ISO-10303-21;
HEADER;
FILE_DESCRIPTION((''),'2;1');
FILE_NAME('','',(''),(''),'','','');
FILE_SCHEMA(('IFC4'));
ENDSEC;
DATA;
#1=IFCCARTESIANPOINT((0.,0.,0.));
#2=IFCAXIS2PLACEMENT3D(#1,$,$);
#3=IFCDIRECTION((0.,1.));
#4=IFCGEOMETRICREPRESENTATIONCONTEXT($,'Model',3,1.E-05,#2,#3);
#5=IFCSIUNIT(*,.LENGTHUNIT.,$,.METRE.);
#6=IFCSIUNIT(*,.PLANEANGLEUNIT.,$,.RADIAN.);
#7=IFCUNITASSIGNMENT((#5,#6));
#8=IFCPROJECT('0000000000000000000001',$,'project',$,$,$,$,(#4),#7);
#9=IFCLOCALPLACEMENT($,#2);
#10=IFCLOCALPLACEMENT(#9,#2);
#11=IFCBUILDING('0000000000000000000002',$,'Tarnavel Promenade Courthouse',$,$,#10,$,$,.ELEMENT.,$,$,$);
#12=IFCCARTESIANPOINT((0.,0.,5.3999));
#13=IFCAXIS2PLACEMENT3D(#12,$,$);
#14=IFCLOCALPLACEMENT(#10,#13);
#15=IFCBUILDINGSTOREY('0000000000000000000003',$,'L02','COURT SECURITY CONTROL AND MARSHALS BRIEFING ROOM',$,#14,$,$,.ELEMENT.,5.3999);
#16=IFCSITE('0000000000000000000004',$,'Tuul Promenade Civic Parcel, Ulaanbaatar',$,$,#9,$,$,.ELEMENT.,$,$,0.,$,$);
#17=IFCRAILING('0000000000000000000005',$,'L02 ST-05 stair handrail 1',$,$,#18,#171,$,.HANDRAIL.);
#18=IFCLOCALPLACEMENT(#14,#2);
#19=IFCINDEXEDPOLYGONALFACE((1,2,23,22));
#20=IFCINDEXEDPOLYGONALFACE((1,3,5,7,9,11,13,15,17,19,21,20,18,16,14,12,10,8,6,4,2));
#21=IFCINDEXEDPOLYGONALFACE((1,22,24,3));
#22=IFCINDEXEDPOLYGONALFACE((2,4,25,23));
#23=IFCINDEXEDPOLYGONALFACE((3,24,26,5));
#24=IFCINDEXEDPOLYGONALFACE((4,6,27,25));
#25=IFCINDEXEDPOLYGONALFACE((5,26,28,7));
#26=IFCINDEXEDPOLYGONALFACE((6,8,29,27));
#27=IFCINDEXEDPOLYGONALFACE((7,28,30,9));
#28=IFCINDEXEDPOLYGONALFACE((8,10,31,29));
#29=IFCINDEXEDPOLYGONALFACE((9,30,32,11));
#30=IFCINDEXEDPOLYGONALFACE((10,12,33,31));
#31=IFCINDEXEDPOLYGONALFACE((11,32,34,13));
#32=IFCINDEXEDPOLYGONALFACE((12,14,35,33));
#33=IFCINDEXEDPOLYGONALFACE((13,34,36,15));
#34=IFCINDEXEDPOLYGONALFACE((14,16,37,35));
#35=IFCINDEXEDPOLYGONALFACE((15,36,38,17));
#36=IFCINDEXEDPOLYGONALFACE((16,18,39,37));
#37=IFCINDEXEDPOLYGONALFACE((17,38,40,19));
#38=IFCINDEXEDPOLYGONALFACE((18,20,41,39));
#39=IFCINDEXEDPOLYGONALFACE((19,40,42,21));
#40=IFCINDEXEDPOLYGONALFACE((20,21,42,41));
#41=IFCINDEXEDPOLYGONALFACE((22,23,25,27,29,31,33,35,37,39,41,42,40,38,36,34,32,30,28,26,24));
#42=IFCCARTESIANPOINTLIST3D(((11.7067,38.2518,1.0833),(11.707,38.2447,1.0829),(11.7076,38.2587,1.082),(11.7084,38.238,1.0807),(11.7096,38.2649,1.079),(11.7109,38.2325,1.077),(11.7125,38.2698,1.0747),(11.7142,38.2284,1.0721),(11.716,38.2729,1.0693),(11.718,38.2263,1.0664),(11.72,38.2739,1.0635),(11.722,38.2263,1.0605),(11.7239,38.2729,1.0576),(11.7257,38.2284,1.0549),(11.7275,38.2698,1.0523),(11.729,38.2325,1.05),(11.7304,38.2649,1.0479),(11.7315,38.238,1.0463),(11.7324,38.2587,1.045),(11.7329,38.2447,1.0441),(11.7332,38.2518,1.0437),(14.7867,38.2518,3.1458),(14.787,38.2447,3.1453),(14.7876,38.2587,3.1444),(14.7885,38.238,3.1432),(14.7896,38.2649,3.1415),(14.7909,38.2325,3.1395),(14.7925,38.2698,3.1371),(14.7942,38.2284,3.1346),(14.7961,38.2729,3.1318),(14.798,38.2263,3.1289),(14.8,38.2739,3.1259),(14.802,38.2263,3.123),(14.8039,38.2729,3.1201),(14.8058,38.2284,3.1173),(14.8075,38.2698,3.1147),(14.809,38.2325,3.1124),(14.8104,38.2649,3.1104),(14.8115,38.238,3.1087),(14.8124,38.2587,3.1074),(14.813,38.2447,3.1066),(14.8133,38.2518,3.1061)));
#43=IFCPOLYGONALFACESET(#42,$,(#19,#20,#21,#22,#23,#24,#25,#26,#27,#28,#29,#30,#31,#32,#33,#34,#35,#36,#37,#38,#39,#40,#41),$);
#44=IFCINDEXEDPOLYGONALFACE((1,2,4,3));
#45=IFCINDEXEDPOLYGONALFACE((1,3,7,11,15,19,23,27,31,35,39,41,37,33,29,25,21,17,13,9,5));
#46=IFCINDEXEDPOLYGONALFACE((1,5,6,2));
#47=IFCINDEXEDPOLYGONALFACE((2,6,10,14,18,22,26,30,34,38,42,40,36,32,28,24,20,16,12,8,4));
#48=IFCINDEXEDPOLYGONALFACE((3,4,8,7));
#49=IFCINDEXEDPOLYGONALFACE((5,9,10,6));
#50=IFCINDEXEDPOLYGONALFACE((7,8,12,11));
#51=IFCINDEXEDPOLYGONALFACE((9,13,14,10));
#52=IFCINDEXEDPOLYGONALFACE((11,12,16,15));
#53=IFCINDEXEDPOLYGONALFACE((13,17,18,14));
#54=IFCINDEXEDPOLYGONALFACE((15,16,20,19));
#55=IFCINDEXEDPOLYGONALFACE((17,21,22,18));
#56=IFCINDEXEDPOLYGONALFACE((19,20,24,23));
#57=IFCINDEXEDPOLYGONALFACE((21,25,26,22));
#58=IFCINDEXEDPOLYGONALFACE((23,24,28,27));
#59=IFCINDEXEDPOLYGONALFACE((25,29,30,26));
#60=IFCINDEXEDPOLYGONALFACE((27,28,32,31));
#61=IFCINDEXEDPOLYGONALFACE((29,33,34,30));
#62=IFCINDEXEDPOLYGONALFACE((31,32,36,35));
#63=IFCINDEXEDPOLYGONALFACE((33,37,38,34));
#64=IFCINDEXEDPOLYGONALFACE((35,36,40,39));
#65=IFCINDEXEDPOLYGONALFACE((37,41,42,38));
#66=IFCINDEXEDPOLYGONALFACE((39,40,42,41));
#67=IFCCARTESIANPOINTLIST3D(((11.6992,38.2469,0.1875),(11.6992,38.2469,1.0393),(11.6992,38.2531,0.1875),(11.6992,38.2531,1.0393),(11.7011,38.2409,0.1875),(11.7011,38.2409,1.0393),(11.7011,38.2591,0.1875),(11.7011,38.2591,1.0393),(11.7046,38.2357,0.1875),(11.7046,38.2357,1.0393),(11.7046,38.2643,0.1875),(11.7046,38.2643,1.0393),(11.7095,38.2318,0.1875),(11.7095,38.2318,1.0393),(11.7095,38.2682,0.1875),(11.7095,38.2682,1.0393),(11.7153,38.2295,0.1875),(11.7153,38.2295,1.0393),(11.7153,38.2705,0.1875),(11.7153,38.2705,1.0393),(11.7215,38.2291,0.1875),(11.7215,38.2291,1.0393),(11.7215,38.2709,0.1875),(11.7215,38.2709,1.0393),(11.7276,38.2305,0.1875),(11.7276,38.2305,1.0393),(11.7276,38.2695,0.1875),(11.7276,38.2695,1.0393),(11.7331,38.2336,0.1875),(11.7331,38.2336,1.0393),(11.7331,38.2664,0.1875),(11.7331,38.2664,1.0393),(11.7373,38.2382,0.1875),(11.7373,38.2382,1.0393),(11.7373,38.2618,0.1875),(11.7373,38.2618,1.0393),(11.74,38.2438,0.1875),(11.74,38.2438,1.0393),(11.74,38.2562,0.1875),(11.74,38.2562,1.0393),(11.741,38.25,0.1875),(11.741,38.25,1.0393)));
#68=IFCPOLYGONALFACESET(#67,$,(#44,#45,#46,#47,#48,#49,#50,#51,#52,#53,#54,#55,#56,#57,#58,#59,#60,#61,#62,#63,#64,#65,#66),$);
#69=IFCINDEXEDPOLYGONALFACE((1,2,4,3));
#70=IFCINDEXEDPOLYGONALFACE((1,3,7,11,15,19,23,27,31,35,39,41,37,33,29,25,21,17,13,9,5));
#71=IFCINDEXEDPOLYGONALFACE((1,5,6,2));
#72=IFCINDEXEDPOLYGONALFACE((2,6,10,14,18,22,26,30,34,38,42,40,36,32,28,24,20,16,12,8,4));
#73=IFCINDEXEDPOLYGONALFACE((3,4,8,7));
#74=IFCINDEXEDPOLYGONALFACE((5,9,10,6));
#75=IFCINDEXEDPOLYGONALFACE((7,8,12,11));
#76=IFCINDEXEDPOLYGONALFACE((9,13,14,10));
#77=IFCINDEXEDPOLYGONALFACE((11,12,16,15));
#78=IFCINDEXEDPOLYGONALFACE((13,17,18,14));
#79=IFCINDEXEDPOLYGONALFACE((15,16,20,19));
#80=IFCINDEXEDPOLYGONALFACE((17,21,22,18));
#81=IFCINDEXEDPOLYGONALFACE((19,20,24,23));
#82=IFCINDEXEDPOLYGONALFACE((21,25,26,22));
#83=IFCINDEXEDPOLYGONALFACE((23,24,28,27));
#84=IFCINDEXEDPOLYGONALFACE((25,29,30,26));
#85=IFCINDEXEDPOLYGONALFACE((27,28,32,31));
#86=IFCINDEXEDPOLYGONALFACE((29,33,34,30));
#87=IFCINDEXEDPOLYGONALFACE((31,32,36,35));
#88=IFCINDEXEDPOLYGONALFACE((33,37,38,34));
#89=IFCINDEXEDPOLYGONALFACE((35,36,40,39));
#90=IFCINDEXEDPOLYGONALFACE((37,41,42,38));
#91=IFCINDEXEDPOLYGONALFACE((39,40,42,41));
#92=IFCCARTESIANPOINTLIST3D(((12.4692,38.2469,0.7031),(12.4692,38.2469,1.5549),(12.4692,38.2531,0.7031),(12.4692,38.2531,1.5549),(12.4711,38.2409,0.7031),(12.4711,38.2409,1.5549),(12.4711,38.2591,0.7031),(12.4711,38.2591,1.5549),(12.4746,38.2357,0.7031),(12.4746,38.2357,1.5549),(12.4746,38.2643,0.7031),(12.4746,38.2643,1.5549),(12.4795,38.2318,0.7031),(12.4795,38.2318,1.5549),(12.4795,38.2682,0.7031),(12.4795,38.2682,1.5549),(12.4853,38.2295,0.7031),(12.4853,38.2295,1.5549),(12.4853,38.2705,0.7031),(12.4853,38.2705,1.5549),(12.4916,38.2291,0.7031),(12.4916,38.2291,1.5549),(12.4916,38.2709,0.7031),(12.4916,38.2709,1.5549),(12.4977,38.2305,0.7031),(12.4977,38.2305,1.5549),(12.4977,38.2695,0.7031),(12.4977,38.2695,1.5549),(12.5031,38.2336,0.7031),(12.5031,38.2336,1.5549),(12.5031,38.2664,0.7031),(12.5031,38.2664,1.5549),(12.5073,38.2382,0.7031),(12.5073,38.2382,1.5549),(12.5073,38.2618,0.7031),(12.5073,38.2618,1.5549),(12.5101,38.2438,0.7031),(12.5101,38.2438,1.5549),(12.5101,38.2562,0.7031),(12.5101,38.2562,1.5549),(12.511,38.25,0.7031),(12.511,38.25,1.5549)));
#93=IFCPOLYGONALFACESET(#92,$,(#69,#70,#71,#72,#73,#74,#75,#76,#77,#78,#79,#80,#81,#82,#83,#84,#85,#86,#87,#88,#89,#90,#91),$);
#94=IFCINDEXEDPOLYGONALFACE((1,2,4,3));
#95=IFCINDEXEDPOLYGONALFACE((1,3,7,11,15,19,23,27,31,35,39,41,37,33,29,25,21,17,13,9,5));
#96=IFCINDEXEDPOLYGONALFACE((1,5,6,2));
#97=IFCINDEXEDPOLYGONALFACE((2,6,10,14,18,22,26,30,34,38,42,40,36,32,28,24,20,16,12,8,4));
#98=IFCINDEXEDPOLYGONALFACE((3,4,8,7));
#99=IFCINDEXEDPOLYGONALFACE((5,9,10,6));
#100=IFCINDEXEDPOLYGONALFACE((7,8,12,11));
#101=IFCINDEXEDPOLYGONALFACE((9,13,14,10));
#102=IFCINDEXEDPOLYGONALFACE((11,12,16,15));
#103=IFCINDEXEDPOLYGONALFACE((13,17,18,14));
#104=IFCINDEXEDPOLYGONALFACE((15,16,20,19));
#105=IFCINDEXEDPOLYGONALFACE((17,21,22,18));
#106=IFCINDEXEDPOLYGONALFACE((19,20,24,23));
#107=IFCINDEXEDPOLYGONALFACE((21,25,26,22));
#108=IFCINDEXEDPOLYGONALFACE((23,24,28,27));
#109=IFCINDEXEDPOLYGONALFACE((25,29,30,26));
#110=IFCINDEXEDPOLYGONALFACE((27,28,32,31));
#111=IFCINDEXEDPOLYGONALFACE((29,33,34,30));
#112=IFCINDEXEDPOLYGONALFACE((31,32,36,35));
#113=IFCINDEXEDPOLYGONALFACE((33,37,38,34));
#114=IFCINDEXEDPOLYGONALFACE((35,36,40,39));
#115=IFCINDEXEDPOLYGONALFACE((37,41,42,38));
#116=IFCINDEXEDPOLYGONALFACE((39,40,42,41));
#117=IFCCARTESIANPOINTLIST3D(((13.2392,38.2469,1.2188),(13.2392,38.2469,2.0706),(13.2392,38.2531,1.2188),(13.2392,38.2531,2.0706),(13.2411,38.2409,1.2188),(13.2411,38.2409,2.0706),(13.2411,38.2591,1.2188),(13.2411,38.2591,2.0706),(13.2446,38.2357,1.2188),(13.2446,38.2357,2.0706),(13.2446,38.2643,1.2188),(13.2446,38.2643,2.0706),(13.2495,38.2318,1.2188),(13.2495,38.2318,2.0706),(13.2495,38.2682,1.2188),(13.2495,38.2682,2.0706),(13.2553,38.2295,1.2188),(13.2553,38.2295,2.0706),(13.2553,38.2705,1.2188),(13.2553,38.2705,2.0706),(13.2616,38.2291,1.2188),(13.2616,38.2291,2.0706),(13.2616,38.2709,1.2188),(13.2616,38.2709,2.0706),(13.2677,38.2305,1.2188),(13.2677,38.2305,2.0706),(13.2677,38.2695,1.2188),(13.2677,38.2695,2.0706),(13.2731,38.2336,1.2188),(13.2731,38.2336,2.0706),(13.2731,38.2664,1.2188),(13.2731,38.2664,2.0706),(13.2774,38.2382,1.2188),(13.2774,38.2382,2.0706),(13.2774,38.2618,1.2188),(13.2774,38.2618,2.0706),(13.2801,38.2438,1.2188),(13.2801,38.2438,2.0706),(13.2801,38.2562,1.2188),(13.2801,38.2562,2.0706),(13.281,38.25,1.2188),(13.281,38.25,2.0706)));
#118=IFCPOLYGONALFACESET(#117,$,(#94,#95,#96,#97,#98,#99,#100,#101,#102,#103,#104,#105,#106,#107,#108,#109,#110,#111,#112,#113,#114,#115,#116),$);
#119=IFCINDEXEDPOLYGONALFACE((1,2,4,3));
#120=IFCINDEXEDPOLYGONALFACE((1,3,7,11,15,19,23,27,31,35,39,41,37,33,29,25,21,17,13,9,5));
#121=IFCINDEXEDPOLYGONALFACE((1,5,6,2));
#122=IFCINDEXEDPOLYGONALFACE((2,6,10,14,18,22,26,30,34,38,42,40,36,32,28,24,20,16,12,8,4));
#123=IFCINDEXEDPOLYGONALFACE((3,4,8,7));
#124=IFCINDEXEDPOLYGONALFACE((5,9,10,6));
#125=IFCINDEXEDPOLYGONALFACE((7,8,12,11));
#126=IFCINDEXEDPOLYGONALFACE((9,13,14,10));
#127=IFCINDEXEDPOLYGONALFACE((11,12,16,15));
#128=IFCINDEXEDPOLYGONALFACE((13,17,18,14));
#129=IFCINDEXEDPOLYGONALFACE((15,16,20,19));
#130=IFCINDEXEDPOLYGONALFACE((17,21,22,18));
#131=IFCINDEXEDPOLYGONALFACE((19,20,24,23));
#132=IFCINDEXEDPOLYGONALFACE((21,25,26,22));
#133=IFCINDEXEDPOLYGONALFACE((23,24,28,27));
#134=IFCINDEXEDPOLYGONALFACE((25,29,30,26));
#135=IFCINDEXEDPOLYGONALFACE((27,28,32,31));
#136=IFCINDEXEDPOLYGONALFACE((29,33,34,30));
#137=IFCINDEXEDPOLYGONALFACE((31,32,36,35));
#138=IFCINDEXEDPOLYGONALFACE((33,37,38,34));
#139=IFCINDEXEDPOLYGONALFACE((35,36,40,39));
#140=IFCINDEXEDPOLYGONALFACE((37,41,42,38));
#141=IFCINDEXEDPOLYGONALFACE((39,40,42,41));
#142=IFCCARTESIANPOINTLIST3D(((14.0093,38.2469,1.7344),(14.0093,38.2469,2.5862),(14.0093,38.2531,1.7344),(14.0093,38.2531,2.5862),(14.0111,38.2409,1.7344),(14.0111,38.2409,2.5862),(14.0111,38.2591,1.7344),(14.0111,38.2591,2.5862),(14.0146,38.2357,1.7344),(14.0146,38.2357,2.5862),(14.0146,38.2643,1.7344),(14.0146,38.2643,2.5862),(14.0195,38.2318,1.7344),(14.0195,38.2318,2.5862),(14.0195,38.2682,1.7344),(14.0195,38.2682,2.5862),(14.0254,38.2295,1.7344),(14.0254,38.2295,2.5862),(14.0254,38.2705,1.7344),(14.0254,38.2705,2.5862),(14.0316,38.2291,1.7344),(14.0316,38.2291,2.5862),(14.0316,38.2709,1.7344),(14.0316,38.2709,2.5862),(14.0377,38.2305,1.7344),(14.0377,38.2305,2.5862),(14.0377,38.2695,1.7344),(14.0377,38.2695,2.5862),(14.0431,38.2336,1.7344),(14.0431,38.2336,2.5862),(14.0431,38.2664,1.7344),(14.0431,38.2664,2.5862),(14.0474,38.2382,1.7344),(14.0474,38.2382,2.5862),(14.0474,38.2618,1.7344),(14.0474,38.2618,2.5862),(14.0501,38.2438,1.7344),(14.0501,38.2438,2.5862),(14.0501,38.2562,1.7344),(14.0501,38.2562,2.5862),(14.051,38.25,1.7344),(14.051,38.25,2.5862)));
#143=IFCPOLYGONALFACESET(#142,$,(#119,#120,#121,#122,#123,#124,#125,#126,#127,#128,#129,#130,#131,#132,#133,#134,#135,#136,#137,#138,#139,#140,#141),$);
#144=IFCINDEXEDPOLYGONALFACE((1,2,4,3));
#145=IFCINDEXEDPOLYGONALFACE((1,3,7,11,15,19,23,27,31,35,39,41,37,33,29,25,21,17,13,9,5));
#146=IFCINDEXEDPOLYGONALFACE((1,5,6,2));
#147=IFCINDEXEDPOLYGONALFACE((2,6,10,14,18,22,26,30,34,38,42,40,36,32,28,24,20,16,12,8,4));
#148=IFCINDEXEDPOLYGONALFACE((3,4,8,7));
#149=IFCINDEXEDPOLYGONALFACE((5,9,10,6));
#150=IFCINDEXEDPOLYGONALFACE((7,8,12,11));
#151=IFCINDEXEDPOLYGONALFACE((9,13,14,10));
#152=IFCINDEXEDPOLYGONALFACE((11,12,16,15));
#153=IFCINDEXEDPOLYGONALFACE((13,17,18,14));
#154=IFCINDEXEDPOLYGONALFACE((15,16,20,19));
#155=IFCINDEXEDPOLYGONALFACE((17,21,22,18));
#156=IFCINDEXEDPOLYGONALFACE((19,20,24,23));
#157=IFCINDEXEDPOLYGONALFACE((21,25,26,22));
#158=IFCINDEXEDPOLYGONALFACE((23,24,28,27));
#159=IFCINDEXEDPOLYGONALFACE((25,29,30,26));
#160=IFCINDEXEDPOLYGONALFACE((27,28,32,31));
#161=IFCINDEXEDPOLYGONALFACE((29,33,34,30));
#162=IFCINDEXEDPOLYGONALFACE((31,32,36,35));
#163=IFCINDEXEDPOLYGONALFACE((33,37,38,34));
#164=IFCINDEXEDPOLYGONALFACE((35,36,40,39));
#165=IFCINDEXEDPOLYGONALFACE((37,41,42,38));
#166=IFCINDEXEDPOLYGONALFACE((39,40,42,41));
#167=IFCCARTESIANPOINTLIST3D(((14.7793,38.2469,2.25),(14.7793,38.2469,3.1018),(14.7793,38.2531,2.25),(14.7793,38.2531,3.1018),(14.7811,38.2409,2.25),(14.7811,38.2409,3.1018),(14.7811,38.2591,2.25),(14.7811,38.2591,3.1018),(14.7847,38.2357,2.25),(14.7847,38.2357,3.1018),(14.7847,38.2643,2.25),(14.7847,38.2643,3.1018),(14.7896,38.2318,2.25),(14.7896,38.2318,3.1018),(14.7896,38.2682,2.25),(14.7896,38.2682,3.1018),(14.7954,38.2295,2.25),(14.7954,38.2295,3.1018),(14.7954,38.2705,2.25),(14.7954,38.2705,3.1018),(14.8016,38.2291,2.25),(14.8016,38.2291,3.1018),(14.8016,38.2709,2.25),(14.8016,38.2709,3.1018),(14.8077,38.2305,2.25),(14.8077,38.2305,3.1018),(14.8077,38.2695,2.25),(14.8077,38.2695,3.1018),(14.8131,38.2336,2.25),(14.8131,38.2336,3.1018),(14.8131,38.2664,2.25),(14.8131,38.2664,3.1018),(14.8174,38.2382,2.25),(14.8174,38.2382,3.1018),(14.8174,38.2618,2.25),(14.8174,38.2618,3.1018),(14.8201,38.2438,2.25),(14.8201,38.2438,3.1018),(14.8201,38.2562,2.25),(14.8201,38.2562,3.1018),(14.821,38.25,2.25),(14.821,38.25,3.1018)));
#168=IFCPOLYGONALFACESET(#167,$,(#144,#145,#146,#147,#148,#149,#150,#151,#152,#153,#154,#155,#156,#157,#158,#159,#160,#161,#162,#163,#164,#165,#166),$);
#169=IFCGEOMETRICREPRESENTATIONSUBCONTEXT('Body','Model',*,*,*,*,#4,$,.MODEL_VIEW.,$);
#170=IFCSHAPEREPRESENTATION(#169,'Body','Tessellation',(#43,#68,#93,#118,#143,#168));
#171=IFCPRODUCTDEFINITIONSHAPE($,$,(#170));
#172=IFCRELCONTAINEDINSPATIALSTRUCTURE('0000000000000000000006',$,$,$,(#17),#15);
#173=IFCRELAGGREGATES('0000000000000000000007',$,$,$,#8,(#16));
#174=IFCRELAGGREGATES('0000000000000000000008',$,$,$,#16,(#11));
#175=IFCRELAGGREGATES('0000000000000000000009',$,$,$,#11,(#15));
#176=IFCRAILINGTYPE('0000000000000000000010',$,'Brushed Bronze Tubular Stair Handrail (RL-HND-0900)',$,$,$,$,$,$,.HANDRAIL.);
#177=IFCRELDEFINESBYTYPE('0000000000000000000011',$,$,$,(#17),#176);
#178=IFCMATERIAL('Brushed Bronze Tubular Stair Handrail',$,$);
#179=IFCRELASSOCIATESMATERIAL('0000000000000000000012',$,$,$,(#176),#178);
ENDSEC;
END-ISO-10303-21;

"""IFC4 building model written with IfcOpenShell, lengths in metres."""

from ifc_helpers import new_model, si_unit, direction, frame, origin, origin_2d, place, context, subcontext, project, spatial, circle, extrude, material, type_object, element, save


model = new_model("IFC4")

# Units and contexts
model_context = context("Model", 3, precision=1e-05, world=origin(), true_north=direction((0.0, 1.0)))
body_context = subcontext(model_context, "Body", "Model", "MODEL_VIEW")
ifc_project = project(units=[si_unit("LENGTHUNIT", "METRE"), si_unit("PLANEANGLEUNIT", "RADIAN")], contexts=[model_context])

# Site, building, storey
site_placement = place(None, origin())
site = spatial("IfcSite", under=ifc_project, at=site_placement, Name="Tuul Promenade Civic Parcel, Ulaanbaatar", CompositionType="ELEMENT", RefElevation=0.0)
building_placement = place(site_placement, origin())
building = spatial("IfcBuilding", under=site, at=building_placement, Name="Tarnavel Promenade Courthouse", CompositionType="ELEMENT")
storey_placement = place(building_placement, frame((0.0, 0.0, 5.3999)))
storey = spatial("IfcBuildingStorey", under=building, at=storey_placement, Name="L02", Description="COURT SECURITY CONTROL AND MARSHALS BRIEFING ROOM", CompositionType="ELEMENT", Elevation=5.3999)

# Railing
ifc_material_1 = material(Name="Brushed Bronze Tubular Stair Handrail")
railing_type_1 = type_object("IfcRailingType", Name="Brushed Bronze Tubular Stair Handrail (RL-HND-0900)", PredefinedType="HANDRAIL", material=ifc_material_1)
railing_1_placement = place(storey_placement, frame((11.72, 38.25, 0.1875)))
element("IfcRailing", 1, at=railing_1_placement, inside=storey, type_object=railing_type_1, Name="L02 ST-05 stair handrail 1", PredefinedType="HANDRAIL", context=body_context, shape_type="SweptSolid", body=[
    extrude(circle(Radius=0.0239, at=origin_2d()), frame((0.0, 0.0, 0.876), z_axis=(0.830914, 0.0, 0.556401), x_axis=(0.0, 1.0, 0.0)), (0.0, 0.0, 1.0), 3.7068),
    extrude(circle(Radius=0.021, at=origin_2d()), origin(), (0.0, 0.0, 1.0), 0.8518),
    extrude(circle(Radius=0.021, at=origin_2d()), frame((0.77, 0.0, 0.5156)), (0.0, 0.0, 1.0), 0.8518),
    extrude(circle(Radius=0.021, at=origin_2d()), frame((1.54, 0.0, 1.0312)), (0.0, 0.0, 1.0), 0.8518),
    extrude(circle(Radius=0.021, at=origin_2d()), frame((2.3101, 0.0, 1.5469)), (0.0, 0.0, 1.0), 0.8518),
    extrude(circle(Radius=0.021, at=origin_2d()), frame((3.0801, 0.0, 2.0625)), (0.0, 0.0, 1.0), 0.8518),
])

save(model, "model.ifc")
